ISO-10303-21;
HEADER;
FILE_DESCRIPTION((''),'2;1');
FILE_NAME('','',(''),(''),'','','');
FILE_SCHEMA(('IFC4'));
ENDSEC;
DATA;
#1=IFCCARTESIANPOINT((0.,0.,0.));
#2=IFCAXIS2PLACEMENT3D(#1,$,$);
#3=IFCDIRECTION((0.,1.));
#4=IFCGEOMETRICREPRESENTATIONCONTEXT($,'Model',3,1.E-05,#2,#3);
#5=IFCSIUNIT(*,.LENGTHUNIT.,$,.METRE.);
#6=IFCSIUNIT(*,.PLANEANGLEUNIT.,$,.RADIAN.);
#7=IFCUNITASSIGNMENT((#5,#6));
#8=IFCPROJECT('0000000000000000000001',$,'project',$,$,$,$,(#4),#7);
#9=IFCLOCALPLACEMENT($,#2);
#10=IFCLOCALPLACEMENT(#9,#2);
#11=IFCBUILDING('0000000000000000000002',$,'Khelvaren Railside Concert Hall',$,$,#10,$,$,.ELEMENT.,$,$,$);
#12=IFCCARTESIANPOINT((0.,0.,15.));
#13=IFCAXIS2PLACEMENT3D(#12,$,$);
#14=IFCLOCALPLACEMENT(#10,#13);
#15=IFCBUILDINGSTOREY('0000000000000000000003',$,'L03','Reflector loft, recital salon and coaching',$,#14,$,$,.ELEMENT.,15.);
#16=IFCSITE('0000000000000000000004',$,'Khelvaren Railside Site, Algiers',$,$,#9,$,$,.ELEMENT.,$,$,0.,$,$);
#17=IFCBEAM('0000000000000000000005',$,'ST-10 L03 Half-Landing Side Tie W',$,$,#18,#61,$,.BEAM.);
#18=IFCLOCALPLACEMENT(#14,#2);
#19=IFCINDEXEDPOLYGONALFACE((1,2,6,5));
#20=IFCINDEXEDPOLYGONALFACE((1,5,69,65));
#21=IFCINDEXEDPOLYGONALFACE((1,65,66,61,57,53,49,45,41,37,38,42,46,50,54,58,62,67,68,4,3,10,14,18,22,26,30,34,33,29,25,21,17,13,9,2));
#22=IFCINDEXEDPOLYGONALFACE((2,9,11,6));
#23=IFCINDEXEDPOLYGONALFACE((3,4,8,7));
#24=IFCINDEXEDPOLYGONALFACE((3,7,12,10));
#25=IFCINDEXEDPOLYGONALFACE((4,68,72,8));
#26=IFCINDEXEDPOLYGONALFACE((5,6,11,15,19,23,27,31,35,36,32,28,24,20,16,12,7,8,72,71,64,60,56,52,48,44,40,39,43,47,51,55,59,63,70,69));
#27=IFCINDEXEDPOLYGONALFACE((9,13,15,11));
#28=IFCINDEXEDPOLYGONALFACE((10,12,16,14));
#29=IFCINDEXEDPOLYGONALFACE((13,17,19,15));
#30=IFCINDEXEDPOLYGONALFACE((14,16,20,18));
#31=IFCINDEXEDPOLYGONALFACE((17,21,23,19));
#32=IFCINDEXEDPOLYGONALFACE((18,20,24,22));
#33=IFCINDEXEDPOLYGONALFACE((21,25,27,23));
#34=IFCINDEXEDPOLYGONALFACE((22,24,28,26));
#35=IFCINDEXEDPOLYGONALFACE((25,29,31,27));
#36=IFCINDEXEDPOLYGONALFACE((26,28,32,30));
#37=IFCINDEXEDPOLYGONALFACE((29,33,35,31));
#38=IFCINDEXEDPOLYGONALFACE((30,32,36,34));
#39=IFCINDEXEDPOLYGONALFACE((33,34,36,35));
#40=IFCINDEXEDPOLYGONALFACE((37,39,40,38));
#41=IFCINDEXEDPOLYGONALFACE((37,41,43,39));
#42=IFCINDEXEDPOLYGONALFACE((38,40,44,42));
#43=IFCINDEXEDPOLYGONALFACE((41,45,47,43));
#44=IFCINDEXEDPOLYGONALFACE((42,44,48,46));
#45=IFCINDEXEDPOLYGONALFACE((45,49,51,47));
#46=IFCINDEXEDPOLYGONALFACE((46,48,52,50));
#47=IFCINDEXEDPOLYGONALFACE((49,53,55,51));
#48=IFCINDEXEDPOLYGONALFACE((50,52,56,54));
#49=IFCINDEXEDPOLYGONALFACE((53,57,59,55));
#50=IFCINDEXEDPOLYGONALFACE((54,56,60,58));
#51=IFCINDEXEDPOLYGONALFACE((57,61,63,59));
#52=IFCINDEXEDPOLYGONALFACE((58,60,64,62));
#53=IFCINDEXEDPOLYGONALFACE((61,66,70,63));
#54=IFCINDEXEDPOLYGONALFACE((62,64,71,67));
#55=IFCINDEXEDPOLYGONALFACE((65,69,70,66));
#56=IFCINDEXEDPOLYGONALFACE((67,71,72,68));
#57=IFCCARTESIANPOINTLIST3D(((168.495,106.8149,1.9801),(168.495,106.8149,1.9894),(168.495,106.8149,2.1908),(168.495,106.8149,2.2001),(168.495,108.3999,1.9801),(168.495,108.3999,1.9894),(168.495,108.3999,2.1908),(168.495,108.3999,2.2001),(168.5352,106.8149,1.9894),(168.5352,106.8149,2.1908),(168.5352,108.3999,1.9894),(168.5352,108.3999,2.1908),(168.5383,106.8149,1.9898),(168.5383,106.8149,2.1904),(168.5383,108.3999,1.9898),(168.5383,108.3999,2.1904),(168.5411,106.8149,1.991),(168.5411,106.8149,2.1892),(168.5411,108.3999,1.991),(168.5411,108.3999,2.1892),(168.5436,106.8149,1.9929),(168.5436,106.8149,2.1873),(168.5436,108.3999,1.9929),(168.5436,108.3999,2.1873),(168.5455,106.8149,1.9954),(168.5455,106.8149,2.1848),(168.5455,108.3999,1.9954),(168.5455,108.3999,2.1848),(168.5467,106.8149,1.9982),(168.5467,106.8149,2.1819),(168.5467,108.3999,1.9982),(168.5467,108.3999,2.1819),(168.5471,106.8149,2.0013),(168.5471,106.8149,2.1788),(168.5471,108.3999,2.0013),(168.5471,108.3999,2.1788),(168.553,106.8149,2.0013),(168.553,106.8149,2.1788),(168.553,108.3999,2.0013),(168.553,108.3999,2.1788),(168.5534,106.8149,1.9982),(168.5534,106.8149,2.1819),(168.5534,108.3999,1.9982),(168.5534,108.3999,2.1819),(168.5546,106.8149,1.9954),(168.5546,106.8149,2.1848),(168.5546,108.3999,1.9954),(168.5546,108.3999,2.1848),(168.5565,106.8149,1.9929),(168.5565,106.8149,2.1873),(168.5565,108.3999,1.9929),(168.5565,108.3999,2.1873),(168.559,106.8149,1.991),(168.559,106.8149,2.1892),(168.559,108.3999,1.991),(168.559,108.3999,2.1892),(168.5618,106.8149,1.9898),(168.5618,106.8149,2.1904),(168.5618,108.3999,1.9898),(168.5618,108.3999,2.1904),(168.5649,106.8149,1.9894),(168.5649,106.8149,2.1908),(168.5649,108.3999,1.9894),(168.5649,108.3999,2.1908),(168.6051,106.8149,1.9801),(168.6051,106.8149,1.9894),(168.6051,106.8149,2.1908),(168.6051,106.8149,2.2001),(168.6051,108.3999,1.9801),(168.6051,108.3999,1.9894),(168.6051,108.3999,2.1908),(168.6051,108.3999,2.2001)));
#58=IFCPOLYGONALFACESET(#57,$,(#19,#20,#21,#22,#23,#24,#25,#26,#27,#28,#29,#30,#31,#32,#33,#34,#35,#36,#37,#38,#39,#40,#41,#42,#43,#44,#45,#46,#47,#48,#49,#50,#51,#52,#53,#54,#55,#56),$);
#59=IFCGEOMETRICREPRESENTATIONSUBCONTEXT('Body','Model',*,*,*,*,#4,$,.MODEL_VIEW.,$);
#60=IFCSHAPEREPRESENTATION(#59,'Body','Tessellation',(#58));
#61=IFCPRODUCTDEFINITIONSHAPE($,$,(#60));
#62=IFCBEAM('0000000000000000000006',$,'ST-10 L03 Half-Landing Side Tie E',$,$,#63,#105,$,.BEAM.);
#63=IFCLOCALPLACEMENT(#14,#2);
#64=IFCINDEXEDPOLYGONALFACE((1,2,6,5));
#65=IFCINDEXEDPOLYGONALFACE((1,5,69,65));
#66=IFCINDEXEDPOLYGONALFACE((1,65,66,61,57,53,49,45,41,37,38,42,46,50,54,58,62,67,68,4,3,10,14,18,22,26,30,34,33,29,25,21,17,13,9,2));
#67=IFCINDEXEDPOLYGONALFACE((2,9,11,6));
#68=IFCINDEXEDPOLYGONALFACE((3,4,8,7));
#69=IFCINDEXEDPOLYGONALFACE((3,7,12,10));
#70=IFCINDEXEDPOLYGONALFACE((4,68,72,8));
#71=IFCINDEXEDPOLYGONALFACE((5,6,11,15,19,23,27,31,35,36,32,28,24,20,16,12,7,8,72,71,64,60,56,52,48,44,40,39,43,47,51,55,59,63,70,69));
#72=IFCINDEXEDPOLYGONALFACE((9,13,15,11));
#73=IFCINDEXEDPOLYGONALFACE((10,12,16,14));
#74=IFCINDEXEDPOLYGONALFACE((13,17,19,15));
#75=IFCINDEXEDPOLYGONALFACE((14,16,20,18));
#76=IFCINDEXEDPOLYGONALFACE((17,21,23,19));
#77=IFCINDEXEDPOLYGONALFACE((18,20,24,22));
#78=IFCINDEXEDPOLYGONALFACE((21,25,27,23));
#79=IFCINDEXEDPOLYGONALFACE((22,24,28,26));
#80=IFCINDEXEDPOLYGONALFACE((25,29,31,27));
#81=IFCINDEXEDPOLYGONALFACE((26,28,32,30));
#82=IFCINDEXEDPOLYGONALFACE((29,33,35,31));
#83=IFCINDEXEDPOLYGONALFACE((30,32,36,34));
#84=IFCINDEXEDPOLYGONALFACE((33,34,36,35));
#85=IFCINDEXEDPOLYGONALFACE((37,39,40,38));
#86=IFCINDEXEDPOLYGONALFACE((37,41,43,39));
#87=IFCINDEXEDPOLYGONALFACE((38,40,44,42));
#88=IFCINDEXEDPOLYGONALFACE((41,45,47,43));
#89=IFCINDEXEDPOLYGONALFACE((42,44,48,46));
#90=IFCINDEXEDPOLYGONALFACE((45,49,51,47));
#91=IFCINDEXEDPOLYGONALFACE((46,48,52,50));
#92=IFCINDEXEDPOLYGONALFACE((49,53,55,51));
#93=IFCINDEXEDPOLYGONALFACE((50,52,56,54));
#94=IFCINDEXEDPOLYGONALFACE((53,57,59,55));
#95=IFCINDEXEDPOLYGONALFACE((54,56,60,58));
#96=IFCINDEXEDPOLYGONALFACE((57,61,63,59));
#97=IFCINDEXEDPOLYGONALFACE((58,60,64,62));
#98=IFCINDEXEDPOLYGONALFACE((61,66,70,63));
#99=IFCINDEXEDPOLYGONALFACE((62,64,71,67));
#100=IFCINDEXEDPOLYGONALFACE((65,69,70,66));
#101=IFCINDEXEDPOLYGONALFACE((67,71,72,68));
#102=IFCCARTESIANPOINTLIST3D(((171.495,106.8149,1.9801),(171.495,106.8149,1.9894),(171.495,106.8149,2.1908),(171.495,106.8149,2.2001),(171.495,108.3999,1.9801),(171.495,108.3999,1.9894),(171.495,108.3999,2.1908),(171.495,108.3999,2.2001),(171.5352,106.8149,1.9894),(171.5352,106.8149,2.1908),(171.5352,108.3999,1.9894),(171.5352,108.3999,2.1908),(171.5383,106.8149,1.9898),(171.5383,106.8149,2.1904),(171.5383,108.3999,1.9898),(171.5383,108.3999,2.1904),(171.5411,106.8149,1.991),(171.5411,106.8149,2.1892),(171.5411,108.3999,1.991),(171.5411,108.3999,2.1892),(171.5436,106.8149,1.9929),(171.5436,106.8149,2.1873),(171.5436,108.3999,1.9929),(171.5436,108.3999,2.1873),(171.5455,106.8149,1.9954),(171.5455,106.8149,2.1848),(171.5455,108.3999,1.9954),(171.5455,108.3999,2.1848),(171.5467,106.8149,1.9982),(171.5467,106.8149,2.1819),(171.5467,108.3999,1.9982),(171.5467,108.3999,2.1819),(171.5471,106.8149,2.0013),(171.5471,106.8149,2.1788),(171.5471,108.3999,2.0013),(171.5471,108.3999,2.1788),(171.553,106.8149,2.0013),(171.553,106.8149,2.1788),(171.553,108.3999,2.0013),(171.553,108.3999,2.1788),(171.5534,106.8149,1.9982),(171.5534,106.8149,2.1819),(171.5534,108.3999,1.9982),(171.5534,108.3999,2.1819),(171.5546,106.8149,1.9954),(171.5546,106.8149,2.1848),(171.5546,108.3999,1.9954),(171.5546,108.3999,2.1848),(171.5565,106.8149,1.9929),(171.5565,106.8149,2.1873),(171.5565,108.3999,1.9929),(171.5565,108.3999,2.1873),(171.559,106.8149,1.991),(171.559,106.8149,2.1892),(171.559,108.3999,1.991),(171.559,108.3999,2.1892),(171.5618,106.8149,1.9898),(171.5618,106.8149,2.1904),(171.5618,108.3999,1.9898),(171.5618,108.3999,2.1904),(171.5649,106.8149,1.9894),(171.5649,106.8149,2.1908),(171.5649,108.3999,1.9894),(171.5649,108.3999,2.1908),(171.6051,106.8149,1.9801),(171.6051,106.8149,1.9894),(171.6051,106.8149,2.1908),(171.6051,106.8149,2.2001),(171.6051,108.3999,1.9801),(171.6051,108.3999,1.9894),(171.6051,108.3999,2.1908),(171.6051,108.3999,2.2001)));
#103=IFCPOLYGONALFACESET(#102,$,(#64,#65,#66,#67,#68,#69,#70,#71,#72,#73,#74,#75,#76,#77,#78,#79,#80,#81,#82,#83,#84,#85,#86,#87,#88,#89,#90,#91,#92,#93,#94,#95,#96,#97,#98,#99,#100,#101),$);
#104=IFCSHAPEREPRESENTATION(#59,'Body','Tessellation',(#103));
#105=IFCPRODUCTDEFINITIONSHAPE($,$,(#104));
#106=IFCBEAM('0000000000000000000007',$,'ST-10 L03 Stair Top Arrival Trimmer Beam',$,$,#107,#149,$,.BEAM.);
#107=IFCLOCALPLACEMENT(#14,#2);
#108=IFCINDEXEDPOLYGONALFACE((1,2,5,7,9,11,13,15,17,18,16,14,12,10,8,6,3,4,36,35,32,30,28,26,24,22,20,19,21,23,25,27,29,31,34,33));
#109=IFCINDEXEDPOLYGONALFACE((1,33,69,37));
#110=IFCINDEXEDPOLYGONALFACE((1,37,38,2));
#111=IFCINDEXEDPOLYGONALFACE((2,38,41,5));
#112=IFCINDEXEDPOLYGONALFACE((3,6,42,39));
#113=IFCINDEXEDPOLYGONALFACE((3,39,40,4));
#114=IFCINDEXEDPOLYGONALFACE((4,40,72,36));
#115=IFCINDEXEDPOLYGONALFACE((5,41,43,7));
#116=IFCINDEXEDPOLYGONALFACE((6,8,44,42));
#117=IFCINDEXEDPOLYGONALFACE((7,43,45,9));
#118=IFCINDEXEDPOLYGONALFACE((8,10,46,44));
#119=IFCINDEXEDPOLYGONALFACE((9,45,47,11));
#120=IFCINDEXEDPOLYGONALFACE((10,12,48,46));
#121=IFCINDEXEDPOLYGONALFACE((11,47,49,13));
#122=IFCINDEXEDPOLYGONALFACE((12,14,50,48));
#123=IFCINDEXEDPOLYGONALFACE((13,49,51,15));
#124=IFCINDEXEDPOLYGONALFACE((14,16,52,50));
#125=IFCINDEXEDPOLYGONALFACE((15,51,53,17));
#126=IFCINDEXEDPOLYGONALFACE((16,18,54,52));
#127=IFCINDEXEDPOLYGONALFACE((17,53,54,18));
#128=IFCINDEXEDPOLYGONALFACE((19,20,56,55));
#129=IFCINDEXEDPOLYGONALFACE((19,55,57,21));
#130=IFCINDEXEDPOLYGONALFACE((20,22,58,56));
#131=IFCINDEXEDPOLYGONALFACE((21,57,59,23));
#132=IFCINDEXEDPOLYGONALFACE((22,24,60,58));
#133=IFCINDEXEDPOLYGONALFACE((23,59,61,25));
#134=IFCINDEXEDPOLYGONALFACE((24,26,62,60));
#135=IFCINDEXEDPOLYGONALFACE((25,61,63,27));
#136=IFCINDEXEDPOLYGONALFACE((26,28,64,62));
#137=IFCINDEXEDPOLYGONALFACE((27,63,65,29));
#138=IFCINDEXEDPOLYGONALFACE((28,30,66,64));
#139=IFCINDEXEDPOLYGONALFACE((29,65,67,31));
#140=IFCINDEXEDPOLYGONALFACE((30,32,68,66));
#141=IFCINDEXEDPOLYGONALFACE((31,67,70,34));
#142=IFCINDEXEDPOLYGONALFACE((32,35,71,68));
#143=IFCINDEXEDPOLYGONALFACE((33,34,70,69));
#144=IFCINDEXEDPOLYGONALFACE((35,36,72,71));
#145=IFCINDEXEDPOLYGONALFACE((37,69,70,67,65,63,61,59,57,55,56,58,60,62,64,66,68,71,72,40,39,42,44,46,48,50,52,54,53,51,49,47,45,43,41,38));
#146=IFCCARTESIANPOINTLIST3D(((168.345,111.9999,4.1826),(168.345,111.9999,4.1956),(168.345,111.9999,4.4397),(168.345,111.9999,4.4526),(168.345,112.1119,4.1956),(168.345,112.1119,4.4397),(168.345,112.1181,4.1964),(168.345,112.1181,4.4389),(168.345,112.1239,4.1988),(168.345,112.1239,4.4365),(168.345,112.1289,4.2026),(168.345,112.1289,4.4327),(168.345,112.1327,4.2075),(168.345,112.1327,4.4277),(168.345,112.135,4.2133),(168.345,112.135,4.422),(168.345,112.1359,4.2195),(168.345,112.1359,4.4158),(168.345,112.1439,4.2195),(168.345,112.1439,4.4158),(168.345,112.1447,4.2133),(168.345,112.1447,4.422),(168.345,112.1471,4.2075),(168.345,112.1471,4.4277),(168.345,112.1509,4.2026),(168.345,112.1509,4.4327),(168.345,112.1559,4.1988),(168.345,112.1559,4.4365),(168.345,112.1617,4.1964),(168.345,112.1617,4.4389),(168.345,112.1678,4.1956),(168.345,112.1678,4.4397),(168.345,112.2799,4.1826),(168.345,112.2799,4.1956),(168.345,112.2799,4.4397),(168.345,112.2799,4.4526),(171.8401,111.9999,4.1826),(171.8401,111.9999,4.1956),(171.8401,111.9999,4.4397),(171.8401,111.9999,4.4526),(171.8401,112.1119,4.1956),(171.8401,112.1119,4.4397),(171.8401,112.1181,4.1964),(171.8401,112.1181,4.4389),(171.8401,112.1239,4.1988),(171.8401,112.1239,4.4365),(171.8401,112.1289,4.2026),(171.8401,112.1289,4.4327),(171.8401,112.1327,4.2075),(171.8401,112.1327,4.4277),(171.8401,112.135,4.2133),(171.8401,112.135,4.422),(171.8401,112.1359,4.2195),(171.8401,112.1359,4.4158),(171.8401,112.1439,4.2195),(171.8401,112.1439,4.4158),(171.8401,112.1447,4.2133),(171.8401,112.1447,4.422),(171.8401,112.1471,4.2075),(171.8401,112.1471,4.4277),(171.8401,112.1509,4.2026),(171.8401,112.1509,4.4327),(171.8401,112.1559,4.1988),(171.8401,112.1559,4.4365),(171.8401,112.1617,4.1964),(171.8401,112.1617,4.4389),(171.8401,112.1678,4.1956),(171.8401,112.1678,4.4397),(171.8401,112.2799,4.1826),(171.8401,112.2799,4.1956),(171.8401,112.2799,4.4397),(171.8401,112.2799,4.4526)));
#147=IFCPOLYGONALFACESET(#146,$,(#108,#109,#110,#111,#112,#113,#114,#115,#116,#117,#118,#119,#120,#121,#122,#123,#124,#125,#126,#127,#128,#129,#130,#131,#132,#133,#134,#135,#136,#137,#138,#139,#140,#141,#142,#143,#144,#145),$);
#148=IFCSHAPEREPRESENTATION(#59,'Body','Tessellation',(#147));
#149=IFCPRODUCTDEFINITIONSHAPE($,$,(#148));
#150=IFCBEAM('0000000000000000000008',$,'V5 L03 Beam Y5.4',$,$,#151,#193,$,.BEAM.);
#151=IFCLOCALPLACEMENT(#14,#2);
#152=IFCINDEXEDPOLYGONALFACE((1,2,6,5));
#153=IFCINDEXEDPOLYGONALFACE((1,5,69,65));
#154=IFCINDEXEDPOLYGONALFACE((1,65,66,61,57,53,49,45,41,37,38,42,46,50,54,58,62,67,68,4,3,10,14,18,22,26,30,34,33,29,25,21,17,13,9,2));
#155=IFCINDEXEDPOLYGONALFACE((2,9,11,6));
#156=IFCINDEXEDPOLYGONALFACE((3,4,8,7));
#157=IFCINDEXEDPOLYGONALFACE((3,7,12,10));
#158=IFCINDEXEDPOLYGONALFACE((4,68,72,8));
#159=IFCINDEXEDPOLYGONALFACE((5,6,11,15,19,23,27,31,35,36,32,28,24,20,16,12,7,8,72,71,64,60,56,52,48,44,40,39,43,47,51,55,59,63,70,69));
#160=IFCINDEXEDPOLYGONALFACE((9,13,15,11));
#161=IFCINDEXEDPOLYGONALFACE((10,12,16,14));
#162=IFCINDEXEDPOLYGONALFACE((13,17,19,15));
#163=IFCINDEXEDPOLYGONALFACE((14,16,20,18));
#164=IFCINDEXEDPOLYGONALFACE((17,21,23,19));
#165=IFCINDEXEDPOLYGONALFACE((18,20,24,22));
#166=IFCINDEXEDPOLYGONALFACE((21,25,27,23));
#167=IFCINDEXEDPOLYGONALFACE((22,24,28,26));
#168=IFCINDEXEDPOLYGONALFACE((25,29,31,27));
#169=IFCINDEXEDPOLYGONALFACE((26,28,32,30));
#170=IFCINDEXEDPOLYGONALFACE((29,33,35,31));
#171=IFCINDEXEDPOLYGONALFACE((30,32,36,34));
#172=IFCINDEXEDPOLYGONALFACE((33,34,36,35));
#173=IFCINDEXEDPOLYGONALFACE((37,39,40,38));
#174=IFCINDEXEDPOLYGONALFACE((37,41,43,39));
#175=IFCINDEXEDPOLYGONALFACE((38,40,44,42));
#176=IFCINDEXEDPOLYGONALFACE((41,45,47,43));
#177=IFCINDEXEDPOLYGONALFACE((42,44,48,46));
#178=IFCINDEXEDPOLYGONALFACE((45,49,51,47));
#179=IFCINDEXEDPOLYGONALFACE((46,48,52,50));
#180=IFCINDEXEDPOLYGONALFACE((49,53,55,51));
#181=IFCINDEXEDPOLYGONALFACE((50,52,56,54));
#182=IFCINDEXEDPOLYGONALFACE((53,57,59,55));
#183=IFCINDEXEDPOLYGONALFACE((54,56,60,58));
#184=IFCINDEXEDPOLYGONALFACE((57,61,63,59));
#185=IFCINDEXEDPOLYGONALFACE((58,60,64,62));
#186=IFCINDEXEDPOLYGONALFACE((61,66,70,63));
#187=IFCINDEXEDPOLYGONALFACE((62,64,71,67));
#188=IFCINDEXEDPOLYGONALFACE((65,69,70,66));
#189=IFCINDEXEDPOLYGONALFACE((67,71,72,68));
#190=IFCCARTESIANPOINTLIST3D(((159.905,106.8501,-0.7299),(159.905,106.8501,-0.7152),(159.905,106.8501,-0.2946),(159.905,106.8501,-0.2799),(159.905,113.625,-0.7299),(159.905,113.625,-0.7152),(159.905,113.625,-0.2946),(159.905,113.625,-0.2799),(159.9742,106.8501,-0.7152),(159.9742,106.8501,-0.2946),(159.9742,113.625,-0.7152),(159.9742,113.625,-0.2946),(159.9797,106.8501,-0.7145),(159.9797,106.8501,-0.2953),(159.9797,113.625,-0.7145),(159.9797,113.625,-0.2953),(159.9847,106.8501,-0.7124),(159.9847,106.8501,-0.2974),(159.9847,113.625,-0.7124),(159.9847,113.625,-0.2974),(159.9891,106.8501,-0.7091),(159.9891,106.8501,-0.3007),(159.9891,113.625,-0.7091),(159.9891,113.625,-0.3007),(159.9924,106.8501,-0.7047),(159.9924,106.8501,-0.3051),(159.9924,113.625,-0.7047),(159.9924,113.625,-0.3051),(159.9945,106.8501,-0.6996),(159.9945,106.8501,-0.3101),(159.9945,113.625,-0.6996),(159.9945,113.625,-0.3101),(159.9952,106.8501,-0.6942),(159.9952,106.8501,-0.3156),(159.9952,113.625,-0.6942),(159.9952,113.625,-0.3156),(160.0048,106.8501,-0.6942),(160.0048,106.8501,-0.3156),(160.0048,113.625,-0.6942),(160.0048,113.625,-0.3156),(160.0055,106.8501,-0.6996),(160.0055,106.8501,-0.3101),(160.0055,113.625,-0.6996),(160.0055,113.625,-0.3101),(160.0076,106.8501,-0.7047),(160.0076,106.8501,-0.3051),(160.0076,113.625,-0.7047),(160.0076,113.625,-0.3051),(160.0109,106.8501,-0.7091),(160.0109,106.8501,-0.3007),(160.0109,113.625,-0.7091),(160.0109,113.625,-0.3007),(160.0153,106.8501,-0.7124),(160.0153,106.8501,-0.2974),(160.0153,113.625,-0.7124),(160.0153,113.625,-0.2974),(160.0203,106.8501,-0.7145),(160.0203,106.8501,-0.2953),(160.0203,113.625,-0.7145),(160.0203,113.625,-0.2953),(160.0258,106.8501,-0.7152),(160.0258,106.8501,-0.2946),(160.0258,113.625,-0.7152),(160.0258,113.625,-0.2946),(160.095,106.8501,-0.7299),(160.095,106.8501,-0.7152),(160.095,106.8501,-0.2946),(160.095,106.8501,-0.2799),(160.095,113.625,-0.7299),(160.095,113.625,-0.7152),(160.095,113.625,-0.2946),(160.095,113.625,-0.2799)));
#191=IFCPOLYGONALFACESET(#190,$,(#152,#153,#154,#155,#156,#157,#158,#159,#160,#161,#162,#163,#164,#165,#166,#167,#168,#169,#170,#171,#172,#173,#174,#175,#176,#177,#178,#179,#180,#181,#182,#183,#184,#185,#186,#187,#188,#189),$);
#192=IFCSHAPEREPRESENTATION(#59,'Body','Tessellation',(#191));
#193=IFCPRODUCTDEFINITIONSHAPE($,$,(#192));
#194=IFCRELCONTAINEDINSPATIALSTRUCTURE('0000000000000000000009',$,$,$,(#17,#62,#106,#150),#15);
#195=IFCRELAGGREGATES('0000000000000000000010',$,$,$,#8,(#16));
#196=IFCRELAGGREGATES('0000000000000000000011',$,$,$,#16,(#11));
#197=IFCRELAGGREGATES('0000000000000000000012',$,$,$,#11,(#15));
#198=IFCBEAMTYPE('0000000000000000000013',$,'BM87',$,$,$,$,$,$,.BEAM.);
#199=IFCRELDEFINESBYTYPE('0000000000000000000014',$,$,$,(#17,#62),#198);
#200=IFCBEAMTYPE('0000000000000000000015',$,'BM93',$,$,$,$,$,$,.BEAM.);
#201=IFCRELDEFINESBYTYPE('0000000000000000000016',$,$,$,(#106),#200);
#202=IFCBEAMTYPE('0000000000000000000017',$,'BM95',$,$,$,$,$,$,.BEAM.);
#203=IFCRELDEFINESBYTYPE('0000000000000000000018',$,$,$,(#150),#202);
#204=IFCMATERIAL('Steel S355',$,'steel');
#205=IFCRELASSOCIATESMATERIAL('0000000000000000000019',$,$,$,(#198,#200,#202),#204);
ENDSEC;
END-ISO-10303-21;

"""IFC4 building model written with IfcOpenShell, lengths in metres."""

from ifc_helpers import new_model, si_unit, direction, frame, origin, origin_2d, place, context, subcontext, project, spatial, i_section, extrude, material, material_profile, profile_set, type_object, element, save


model = new_model("IFC4")

# Units and contexts
model_context = context("Model", 3, precision=1e-05, world=origin(), true_north=direction((0.0, 1.0)))
body_context = subcontext(model_context, "Body", "Model", "MODEL_VIEW")
ifc_project = project(units=[si_unit("LENGTHUNIT", "METRE"), si_unit("PLANEANGLEUNIT", "RADIAN")], contexts=[model_context])

# Site, building, storey
site_placement = place(None, origin())
site = spatial("IfcSite", under=ifc_project, at=site_placement, Name="Khelvaren Railside Site, Algiers", CompositionType="ELEMENT", RefElevation=0.0)
building_placement = place(site_placement, origin())
building = spatial("IfcBuilding", under=site, at=building_placement, Name="Khelvaren Railside Concert Hall", CompositionType="ELEMENT")
storey_placement = place(building_placement, frame((0.0, 0.0, 15.0)))
storey = spatial("IfcBuildingStorey", under=building, at=storey_placement, Name="L03", Description="Reflector loft, recital salon and coaching", CompositionType="ELEMENT", Elevation=15.0)

# Beams
ifc_material_1 = material(Name="Steel S355", Category="steel")
ifc_material_profile_1 = material_profile(ifc_material_1, i_section(OverallWidth=0.1101, OverallDepth=0.22, WebThickness=0.0059, FlangeThickness=0.0093, FilletRadius=0.012, at=origin_2d()), Name="IPE 220")
ifc_profile_set_1 = profile_set([ifc_material_profile_1], Name="Steel S355")
beam_type_1 = type_object("IfcBeamType", Name="BM87", PredefinedType="BEAM", material=ifc_profile_set_1)
for number, where, z_axis, x_axis, name in (
    (1, (168.55, 106.8149, 2.0901), (0.0, 1.0, 0.0), (-1.0, 0.0, 0.0), "ST-10 L03 Half-Landing Side Tie W"),
    (2, (171.55, 106.8149, 2.0901), (0.0, 1.0, 0.0), (-1.0, 0.0, 0.0), "ST-10 L03 Half-Landing Side Tie E"),
):
    element("IfcBeam", number, at=place(storey_placement, frame(where, z_axis=z_axis, x_axis=x_axis)), inside=storey, type_object=beam_type_1, Name=name, PredefinedType="BEAM", context=body_context, shape_type="SweptSolid", body=[
        extrude(i_section(OverallWidth=0.1101, OverallDepth=0.22, WebThickness=0.0059, FlangeThickness=0.0093, FilletRadius=0.012, at=origin_2d()), origin(), (0.0, 0.0, 1.0), 1.585),
    ])
ifc_material_profile_2 = material_profile(ifc_material_1, i_section(OverallWidth=0.28, OverallDepth=0.27, WebThickness=0.0081, FlangeThickness=0.0129, FilletRadius=0.0239, at=origin_2d()), Name="HEA 280")
ifc_profile_set_2 = profile_set([ifc_material_profile_2], Name="Steel S355")
beam_type_2 = type_object("IfcBeamType", Name="BM93", PredefinedType="BEAM", material=ifc_profile_set_2)
beam_1_placement = place(storey_placement, frame((168.345, 112.1399, 4.3176), z_axis=(1.0, 0.0, 0.0), x_axis=(0.0, 1.0, 0.0)))
element("IfcBeam", 3, at=beam_1_placement, inside=storey, type_object=beam_type_2, Name="ST-10 L03 Stair Top Arrival Trimmer Beam", PredefinedType="BEAM", context=body_context, shape_type="SweptSolid", body=[
    extrude(i_section(OverallWidth=0.28, OverallDepth=0.27, WebThickness=0.0081, FlangeThickness=0.0129, FilletRadius=0.0239, at=origin_2d()), origin(), (0.0, 0.0, 1.0), 3.4951),
])
ifc_material_profile_3 = material_profile(ifc_material_1, i_section(OverallWidth=0.1899, OverallDepth=0.45, WebThickness=0.0095, FlangeThickness=0.0146, FilletRadius=0.021, at=origin_2d()), Name="IPE 450")
ifc_profile_set_3 = profile_set([ifc_material_profile_3], Name="Steel S355")
beam_type_3 = type_object("IfcBeamType", Name="BM95", PredefinedType="BEAM", material=ifc_profile_set_3)
beam_2_placement = place(storey_placement, frame((160.0, 106.8501, -0.5049), z_axis=(0.0, 1.0, 0.0), x_axis=(-1.0, 0.0, 0.0)))
element("IfcBeam", 4, at=beam_2_placement, inside=storey, type_object=beam_type_3, Name="V5 L03 Beam Y5.4", PredefinedType="BEAM", context=body_context, shape_type="SweptSolid", body=[
    extrude(i_section(OverallWidth=0.1899, OverallDepth=0.45, WebThickness=0.0095, FlangeThickness=0.0146, FilletRadius=0.021, at=origin_2d()), origin(), (0.0, 0.0, 1.0), 6.7749),
])

save(model, "model.ifc")
